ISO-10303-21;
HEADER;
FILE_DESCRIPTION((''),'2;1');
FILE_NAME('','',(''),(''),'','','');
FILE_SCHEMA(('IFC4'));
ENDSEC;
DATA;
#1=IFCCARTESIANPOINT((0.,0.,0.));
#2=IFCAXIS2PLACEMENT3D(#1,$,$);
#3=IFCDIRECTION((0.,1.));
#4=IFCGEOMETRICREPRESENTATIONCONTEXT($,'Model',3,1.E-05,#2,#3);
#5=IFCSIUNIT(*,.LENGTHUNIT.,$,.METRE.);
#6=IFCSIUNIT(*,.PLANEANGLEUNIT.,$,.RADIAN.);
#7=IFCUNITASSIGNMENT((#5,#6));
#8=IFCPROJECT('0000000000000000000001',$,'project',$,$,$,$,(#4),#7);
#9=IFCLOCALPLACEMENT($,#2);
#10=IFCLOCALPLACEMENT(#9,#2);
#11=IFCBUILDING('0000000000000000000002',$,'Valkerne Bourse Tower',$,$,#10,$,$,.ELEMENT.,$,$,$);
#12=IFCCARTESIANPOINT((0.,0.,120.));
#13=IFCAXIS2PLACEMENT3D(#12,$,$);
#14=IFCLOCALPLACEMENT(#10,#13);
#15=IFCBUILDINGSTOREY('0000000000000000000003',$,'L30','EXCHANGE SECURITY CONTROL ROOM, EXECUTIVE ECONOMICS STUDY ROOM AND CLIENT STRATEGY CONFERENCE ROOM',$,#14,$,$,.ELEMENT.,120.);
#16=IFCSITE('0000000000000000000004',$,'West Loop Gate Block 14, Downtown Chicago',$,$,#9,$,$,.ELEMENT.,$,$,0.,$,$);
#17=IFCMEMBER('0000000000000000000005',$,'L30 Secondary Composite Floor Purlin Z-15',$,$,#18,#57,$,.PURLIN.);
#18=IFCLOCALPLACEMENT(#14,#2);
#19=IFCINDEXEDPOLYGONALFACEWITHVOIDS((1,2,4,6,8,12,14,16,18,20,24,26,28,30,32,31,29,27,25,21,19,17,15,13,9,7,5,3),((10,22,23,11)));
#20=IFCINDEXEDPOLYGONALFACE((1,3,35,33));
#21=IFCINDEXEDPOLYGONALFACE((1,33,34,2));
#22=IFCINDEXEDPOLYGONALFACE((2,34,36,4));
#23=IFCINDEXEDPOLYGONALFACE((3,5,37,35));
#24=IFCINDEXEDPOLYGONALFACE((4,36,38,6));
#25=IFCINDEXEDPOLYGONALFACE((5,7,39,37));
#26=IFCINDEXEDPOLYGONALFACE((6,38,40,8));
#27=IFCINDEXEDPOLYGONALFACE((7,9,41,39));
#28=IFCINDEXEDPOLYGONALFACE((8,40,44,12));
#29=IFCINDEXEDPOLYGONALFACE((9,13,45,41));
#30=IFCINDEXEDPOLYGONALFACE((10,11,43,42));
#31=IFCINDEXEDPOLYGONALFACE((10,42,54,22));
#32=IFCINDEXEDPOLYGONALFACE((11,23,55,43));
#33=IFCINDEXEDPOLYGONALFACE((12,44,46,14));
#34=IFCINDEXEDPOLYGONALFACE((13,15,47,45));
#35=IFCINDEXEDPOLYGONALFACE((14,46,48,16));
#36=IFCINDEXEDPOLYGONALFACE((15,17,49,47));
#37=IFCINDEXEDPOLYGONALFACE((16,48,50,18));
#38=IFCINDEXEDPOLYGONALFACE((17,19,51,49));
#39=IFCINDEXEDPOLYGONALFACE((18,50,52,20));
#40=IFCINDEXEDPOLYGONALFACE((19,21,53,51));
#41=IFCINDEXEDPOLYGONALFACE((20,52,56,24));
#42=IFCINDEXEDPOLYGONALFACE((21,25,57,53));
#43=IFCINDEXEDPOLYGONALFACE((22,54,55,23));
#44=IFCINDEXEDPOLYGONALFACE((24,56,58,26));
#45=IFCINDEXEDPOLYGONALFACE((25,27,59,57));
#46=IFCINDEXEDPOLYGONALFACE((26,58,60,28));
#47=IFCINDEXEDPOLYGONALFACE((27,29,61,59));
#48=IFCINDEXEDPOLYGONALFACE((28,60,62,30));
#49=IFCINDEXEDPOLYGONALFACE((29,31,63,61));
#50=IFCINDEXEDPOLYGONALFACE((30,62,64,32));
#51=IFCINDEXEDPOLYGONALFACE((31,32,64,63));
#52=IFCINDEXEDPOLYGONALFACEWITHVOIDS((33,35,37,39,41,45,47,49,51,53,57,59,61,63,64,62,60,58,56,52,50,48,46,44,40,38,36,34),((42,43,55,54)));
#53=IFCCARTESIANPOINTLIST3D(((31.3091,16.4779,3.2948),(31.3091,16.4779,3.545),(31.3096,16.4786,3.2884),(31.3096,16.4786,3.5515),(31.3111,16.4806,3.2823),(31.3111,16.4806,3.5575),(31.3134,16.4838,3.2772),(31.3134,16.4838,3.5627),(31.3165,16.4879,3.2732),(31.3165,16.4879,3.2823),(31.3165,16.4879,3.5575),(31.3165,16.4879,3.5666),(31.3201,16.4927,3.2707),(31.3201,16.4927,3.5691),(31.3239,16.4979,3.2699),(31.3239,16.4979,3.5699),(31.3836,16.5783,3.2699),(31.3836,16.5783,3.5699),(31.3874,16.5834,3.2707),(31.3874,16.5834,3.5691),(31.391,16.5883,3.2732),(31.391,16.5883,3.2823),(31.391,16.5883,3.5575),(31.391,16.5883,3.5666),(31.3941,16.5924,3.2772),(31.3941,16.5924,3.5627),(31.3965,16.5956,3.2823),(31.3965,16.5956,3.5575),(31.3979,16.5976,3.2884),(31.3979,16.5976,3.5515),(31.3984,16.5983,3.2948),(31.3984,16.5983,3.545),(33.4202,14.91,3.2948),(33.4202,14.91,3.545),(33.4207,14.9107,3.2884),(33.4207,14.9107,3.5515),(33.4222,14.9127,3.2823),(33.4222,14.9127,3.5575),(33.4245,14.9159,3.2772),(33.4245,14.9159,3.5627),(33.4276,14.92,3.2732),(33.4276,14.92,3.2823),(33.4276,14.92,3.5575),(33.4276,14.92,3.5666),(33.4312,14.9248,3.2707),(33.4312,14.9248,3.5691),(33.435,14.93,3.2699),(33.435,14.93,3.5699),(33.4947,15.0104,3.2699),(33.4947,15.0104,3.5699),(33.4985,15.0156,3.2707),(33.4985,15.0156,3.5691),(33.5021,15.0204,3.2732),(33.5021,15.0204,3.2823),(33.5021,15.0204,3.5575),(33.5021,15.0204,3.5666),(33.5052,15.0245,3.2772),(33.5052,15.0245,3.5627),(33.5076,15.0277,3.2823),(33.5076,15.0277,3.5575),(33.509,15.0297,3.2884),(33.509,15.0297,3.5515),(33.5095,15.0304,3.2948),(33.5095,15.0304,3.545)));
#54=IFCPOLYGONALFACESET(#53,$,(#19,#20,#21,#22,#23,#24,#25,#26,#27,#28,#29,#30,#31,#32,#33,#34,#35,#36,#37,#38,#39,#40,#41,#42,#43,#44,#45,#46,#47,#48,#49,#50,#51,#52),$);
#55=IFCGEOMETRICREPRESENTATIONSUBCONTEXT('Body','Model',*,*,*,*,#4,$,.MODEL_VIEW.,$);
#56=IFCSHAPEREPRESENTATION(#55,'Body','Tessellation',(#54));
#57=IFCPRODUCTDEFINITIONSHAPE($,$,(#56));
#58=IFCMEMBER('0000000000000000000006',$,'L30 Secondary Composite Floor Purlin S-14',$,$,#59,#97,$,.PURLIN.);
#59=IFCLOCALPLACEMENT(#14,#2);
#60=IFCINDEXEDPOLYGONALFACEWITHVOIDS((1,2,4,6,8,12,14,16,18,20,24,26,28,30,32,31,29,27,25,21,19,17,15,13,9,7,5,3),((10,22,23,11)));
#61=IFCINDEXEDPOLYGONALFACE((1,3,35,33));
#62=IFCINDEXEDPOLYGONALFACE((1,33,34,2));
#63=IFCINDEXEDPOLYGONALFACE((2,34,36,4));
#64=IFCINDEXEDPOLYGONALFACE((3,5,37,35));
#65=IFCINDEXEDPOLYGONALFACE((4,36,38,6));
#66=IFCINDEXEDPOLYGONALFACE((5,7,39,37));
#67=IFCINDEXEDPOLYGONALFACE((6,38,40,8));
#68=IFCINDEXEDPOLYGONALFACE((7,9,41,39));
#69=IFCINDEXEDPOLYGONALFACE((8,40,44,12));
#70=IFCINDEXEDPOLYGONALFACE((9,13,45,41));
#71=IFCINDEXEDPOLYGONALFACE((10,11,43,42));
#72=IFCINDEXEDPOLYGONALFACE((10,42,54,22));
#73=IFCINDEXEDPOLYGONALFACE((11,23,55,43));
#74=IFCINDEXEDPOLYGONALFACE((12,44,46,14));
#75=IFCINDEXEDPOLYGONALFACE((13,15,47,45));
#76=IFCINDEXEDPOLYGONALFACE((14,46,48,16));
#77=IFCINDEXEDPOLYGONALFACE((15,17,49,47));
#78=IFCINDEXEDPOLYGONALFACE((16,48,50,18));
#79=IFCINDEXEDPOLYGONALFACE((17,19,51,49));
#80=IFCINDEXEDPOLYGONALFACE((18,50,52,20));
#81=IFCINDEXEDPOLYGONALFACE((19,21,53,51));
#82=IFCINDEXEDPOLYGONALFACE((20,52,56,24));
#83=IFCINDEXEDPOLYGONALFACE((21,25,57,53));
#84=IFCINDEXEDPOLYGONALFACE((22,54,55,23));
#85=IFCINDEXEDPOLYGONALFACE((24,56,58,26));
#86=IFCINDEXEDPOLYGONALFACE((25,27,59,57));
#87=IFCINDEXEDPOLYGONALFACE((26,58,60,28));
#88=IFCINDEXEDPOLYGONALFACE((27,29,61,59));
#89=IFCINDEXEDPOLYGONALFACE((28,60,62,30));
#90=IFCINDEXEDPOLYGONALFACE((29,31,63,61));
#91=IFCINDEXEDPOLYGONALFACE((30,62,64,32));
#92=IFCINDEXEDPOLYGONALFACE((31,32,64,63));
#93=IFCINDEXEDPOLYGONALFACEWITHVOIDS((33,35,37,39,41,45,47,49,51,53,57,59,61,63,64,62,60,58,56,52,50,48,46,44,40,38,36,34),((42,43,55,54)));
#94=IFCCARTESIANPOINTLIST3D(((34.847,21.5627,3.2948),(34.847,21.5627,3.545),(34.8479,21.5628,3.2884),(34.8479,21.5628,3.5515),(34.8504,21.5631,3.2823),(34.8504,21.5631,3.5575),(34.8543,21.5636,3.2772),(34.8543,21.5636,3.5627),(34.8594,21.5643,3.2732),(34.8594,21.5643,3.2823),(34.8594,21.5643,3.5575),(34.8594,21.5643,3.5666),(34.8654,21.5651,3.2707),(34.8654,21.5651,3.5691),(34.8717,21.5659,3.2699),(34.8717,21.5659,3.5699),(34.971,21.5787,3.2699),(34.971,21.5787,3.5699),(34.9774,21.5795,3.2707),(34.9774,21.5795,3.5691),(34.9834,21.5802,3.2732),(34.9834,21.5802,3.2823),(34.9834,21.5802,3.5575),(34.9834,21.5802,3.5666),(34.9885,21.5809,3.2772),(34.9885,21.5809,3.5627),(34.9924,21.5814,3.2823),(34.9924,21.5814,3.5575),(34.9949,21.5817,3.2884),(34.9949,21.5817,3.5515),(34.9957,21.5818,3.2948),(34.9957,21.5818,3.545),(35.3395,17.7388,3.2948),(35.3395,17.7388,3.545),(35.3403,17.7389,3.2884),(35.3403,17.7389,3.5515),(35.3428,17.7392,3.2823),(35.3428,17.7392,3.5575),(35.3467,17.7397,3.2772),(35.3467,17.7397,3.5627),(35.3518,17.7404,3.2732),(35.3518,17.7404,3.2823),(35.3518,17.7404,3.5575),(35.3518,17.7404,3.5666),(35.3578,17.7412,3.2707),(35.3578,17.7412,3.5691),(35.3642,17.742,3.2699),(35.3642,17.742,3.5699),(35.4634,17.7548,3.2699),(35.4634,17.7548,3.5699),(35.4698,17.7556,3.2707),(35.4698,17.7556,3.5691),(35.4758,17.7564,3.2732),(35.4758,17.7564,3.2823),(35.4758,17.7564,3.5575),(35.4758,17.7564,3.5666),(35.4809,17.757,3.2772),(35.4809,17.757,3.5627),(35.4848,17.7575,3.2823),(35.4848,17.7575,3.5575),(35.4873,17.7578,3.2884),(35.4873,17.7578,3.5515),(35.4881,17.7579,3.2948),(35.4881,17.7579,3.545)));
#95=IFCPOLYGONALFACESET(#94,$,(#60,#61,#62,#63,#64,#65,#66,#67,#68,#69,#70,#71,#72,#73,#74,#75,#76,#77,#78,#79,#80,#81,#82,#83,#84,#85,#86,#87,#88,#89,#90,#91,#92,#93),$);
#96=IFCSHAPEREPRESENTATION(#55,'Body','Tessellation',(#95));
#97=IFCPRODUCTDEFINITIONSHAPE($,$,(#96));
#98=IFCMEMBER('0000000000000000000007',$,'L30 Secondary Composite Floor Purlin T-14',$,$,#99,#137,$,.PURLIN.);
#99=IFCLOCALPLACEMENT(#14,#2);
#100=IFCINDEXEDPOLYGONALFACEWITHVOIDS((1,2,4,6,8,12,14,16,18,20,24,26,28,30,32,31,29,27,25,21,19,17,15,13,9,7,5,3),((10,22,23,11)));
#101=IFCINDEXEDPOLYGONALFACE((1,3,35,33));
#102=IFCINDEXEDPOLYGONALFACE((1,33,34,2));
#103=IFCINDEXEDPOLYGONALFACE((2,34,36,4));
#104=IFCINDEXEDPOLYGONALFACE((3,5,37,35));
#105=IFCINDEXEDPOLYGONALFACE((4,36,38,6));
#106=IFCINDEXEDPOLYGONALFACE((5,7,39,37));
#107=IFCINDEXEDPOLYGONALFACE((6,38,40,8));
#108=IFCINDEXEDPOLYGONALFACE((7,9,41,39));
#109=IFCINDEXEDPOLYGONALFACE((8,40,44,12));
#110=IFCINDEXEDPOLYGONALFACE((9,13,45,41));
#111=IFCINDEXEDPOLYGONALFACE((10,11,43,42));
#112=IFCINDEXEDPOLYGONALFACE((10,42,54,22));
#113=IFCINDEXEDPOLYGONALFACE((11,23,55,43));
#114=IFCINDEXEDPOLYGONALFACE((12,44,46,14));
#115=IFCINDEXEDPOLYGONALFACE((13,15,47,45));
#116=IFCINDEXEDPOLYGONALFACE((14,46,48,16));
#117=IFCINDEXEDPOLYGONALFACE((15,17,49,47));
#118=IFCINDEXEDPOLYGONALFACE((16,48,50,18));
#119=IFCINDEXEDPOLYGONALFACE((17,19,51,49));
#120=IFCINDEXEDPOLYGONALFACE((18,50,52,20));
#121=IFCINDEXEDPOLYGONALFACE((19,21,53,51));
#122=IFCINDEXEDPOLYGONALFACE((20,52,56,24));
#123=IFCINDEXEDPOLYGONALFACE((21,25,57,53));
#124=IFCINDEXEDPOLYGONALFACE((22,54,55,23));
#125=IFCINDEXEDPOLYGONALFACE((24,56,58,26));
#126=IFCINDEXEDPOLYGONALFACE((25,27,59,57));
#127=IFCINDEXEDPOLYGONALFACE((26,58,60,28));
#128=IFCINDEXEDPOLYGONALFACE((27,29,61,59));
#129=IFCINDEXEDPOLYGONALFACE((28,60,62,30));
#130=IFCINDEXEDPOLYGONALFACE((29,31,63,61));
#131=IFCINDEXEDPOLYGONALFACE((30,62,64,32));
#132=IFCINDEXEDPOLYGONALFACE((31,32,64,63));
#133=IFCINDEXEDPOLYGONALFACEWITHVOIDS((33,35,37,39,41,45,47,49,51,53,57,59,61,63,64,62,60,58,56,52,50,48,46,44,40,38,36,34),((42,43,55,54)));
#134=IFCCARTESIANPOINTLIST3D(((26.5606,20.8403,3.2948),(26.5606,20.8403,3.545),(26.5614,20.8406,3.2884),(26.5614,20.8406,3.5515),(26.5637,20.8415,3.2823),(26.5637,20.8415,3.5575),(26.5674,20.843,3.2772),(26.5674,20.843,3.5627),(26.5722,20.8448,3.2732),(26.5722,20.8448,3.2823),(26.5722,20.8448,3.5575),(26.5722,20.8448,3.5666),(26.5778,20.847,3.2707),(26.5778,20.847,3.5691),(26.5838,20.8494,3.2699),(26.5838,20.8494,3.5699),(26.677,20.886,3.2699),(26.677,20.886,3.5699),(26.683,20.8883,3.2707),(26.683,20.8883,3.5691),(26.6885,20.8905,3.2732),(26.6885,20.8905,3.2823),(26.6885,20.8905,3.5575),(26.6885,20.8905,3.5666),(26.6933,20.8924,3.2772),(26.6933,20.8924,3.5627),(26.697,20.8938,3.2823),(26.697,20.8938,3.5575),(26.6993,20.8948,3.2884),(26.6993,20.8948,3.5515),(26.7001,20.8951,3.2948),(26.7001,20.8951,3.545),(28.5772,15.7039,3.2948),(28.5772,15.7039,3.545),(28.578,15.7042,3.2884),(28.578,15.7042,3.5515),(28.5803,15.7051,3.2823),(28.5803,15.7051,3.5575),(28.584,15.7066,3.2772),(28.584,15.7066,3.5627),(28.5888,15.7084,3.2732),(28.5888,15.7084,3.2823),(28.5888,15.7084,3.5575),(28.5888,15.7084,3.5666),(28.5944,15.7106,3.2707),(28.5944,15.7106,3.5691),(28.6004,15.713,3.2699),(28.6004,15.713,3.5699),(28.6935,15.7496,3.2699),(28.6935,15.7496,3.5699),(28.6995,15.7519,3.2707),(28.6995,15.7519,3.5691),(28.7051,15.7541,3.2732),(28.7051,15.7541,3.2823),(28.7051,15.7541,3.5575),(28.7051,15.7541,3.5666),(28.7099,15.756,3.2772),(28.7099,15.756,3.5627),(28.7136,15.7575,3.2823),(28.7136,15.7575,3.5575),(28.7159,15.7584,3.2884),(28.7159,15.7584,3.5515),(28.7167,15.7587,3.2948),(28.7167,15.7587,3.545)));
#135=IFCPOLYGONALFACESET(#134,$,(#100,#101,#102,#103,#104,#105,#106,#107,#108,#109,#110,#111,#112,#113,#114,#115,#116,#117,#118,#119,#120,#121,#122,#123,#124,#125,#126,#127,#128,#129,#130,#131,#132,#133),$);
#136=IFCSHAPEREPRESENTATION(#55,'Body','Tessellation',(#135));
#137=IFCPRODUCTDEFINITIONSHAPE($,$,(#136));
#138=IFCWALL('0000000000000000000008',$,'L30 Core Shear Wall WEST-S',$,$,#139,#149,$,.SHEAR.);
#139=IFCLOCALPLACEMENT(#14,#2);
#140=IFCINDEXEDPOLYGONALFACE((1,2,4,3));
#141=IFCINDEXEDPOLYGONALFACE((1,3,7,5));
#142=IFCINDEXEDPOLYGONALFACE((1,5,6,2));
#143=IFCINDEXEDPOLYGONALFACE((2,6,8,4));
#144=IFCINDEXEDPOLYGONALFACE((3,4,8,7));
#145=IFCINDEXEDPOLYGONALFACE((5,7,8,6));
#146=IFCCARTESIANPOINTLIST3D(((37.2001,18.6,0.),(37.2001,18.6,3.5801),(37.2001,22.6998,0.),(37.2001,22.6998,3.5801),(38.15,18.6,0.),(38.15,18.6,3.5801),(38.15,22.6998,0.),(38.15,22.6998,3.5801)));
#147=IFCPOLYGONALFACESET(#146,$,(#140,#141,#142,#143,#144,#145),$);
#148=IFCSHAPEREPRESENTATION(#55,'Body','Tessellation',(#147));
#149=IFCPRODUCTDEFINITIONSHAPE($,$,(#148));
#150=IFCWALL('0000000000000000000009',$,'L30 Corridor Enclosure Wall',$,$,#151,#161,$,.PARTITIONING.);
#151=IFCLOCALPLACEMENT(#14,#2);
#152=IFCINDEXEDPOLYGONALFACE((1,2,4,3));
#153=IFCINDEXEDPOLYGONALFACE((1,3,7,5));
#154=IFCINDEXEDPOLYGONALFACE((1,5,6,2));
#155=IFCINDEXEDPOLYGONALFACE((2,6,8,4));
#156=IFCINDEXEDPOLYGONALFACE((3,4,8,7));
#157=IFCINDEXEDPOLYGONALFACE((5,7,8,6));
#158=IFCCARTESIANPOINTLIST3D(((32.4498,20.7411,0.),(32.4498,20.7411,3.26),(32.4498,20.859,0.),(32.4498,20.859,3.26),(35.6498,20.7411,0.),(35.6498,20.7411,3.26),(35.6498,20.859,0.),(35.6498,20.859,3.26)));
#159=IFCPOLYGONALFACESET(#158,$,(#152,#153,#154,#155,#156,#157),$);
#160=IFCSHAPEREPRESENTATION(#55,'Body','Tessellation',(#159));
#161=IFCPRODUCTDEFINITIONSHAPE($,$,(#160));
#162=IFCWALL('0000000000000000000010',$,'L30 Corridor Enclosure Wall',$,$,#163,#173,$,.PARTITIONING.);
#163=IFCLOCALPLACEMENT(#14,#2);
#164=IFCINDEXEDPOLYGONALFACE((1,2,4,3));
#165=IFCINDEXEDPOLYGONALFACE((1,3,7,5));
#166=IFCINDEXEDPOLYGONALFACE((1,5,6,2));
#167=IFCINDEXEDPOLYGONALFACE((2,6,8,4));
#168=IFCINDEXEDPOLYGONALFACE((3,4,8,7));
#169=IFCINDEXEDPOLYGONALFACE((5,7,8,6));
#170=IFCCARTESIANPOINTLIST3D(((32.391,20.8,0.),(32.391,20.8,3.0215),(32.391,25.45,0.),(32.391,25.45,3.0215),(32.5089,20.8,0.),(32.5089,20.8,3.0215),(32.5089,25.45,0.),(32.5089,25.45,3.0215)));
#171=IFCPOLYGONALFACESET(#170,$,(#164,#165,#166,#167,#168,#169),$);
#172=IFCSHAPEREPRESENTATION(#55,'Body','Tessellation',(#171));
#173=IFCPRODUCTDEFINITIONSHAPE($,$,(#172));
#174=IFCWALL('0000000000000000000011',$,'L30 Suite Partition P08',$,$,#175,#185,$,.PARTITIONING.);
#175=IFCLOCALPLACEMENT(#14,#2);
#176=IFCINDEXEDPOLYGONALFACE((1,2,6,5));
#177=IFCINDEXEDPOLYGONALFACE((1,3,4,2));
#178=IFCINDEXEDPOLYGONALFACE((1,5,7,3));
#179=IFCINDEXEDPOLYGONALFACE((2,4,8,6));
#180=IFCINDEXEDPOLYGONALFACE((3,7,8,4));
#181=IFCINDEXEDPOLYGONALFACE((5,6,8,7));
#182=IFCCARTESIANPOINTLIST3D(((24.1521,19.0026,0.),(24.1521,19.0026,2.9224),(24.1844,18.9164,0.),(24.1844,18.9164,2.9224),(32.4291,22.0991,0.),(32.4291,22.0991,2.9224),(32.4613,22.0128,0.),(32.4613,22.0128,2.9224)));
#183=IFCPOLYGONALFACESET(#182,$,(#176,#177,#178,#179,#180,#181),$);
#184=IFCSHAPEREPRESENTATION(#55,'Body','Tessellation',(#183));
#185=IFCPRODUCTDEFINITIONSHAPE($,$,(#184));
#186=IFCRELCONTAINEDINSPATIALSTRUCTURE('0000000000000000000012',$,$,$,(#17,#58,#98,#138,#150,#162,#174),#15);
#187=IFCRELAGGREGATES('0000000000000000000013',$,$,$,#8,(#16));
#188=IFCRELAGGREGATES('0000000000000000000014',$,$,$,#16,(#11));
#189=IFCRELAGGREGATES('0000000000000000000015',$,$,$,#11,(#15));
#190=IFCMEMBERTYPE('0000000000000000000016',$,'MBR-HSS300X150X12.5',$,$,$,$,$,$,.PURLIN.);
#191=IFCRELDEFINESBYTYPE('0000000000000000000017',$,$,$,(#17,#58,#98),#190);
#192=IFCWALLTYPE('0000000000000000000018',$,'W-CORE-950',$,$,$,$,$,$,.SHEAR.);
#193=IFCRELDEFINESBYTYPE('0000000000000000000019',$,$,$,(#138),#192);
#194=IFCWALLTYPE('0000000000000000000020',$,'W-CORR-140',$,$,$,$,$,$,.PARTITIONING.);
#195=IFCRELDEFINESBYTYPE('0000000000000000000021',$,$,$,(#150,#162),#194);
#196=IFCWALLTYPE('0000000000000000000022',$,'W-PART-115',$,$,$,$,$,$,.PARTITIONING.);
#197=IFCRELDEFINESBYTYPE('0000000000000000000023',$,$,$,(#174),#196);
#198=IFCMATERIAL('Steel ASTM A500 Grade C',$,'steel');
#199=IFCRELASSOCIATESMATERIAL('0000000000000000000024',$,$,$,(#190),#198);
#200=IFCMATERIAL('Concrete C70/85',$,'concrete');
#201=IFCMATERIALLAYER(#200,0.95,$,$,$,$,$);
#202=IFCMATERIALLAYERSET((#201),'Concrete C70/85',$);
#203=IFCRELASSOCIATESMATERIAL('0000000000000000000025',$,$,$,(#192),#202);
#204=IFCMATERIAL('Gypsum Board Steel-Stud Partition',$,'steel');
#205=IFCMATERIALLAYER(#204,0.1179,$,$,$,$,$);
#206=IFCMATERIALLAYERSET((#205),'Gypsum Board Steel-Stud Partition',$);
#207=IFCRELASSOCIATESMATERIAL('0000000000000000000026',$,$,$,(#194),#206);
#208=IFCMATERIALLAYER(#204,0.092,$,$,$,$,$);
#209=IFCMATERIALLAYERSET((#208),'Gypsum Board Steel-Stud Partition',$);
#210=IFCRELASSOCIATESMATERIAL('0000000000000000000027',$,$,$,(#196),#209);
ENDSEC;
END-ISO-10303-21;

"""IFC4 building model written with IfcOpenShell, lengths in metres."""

from ifc_helpers import new_model, si_unit, direction, frame, frame_2d, origin, origin_2d, place, context, subcontext, project, spatial, rectangle, hollow_rectangle, extrude, material, layer, layer_set, material_profile, profile_set, type_object, element, save


model = new_model("IFC4")

# Units and contexts
model_context = context("Model", 3, precision=1e-05, world=origin(), true_north=direction((0.0, 1.0)))
body_context = subcontext(model_context, "Body", "Model", "MODEL_VIEW")
ifc_project = project(units=[si_unit("LENGTHUNIT", "METRE"), si_unit("PLANEANGLEUNIT", "RADIAN")], contexts=[model_context])

# Site, building, storey
site_placement = place(None, origin())
site = spatial("IfcSite", under=ifc_project, at=site_placement, Name="West Loop Gate Block 14, Downtown Chicago", CompositionType="ELEMENT", RefElevation=0.0)
building_placement = place(site_placement, origin())
building = spatial("IfcBuilding", under=site, at=building_placement, Name="Valkerne Bourse Tower", CompositionType="ELEMENT")
storey_placement = place(building_placement, frame((0.0, 0.0, 120.0)))
storey = spatial("IfcBuildingStorey", under=building, at=storey_placement, Name="L30", Description="EXCHANGE SECURITY CONTROL ROOM, EXECUTIVE ECONOMICS STUDY ROOM AND CLIENT STRATEGY CONFERENCE ROOM", CompositionType="ELEMENT", Elevation=120.0)

# Members
ifc_material_1 = material(Name="Steel ASTM A500 Grade C", Category="steel")
ifc_material_profile_1 = material_profile(ifc_material_1, hollow_rectangle(XDim=0.1499, YDim=0.3, WallThickness=0.0125, OuterFilletRadius=0.0249, at=origin_2d()), Name="HSS300X150X12.5")
ifc_profile_set_1 = profile_set([ifc_material_profile_1], Name="Steel ASTM A500 Grade C")
member_type_1 = type_object("IfcMemberType", Name="MBR-HSS300X150X12.5", PredefinedType="PURLIN", material=ifc_profile_set_1)
member_1_placement = place(storey_placement, frame((31.3538, 16.5381, 3.4199), z_axis=(0.80281, -0.596235, 0.0), x_axis=(0.596235, 0.80281, 0.0)))
element("IfcMember", 1, at=member_1_placement, inside=storey, type_object=member_type_1, Name="L30 Secondary Composite Floor Purlin Z-15", PredefinedType="PURLIN", context=body_context, shape_type="SweptSolid", body=[
    extrude(hollow_rectangle(XDim=0.1499, YDim=0.3, WallThickness=0.0125, OuterFilletRadius=0.0249, at=origin_2d()), origin(), (0.0, 0.0, 1.0), 2.6296),
])
member_2_placement = place(storey_placement, frame((34.9214, 21.5723, 3.4199), z_axis=(0.12772, -0.99181, 0.0), x_axis=(0.99181, 0.12772, 0.0)))
element("IfcMember", 2, at=member_2_placement, inside=storey, type_object=member_type_1, Name="L30 Secondary Composite Floor Purlin S-14", PredefinedType="PURLIN", context=body_context, shape_type="SweptSolid", body=[
    extrude(hollow_rectangle(XDim=0.1499, YDim=0.3, WallThickness=0.0125, OuterFilletRadius=0.0249, at=origin_2d()), origin(), (0.0, 0.0, 1.0), 3.8555),
])
member_3_placement = place(storey_placement, frame((26.6304, 20.8677, 3.4199), z_axis=(0.365448, -0.930832, 0.0), x_axis=(0.930832, 0.365448, 0.0)))
element("IfcMember", 3, at=member_3_placement, inside=storey, type_object=member_type_1, Name="L30 Secondary Composite Floor Purlin T-14", PredefinedType="PURLIN", context=body_context, shape_type="SweptSolid", body=[
    extrude(hollow_rectangle(XDim=0.1499, YDim=0.3, WallThickness=0.0125, OuterFilletRadius=0.0249, at=origin_2d()), origin(), (0.0, 0.0, 1.0), 5.5181),
])

# Shared definitions
ifc_material_2 = material(Name="Concrete C70/85", Category="concrete")
ifc_layer_1 = layer(ifc_material_2, 0.95)
ifc_layer_set_1 = layer_set([ifc_layer_1], Name="Concrete C70/85")
wall_type_1 = type_object("IfcWallType", Name="W-CORE-950", PredefinedType="SHEAR", material=ifc_layer_set_1)

# Walls
wall_1_placement = place(storey_placement, frame((37.675, 18.6001, 0.0), z_axis=(0.0, 0.0, 1.0), x_axis=(0.0, 1.0, 0.0)))
element("IfcWall", 4, at=wall_1_placement, inside=storey, type_object=wall_type_1, Name="L30 Core Shear Wall WEST-S", PredefinedType="SHEAR", context=body_context, shape_type="SweptSolid", body=[
    extrude(rectangle(XDim=4.0999, YDim=0.95, at=frame_2d((2.0498, 0.0))), origin(), (0.0, 0.0, 1.0), 3.5801),
])
ifc_material_3 = material(Name="Gypsum Board Steel-Stud Partition", Category="steel")
ifc_layer_2 = layer(ifc_material_3, 0.1179)
ifc_layer_set_2 = layer_set([ifc_layer_2], Name="Gypsum Board Steel-Stud Partition")
wall_type_2 = type_object("IfcWallType", Name="W-CORR-140", PredefinedType="PARTITIONING", material=ifc_layer_set_2)
wall_2_placement = place(storey_placement, frame((35.6499, 20.8, 0.0), z_axis=(0.0, 0.0, 1.0), x_axis=(-1.0, 0.0, 0.0)))
element("IfcWall", 5, at=wall_2_placement, inside=storey, type_object=wall_type_2, Name="L30 Corridor Enclosure Wall", PredefinedType="PARTITIONING", context=body_context, shape_type="SweptSolid", body=[
    extrude(rectangle(XDim=3.2, YDim=0.1179, at=frame_2d((1.6001, 0.0))), origin(), (0.0, 0.0, 1.0), 3.26),
])
wall_3_placement = place(storey_placement, frame((32.45, 20.8, 0.0), z_axis=(0.0, 0.0, 1.0), x_axis=(0.0, 1.0, 0.0)))
element("IfcWall", 6, at=wall_3_placement, inside=storey, type_object=wall_type_2, Name="L30 Corridor Enclosure Wall", PredefinedType="PARTITIONING", context=body_context, shape_type="SweptSolid", body=[
    extrude(rectangle(XDim=4.6499, YDim=0.1179, at=frame_2d((2.325, 0.0))), origin(), (0.0, 0.0, 1.0), 3.0215),
])
ifc_layer_3 = layer(ifc_material_3, 0.092)
ifc_layer_set_3 = layer_set([ifc_layer_3], Name="Gypsum Board Steel-Stud Partition")
wall_type_3 = type_object("IfcWallType", Name="W-PART-115", PredefinedType="PARTITIONING", material=ifc_layer_set_3)
wall_4_placement = place(storey_placement, frame((32.4451, 22.0559, 0.0), z_axis=(0.0, 0.0, 1.0), x_axis=(-0.936604, -0.350391, 0.0)))
element("IfcWall", 7, at=wall_4_placement, inside=storey, type_object=wall_type_3, Name="L30 Suite Partition P08", PredefinedType="PARTITIONING", context=body_context, shape_type="SweptSolid", body=[
    extrude(rectangle(XDim=8.8372, YDim=0.092, at=frame_2d((4.4185, 0.0))), origin(), (0.0, 0.0, 1.0), 2.9224),
])

save(model, "model.ifc")
